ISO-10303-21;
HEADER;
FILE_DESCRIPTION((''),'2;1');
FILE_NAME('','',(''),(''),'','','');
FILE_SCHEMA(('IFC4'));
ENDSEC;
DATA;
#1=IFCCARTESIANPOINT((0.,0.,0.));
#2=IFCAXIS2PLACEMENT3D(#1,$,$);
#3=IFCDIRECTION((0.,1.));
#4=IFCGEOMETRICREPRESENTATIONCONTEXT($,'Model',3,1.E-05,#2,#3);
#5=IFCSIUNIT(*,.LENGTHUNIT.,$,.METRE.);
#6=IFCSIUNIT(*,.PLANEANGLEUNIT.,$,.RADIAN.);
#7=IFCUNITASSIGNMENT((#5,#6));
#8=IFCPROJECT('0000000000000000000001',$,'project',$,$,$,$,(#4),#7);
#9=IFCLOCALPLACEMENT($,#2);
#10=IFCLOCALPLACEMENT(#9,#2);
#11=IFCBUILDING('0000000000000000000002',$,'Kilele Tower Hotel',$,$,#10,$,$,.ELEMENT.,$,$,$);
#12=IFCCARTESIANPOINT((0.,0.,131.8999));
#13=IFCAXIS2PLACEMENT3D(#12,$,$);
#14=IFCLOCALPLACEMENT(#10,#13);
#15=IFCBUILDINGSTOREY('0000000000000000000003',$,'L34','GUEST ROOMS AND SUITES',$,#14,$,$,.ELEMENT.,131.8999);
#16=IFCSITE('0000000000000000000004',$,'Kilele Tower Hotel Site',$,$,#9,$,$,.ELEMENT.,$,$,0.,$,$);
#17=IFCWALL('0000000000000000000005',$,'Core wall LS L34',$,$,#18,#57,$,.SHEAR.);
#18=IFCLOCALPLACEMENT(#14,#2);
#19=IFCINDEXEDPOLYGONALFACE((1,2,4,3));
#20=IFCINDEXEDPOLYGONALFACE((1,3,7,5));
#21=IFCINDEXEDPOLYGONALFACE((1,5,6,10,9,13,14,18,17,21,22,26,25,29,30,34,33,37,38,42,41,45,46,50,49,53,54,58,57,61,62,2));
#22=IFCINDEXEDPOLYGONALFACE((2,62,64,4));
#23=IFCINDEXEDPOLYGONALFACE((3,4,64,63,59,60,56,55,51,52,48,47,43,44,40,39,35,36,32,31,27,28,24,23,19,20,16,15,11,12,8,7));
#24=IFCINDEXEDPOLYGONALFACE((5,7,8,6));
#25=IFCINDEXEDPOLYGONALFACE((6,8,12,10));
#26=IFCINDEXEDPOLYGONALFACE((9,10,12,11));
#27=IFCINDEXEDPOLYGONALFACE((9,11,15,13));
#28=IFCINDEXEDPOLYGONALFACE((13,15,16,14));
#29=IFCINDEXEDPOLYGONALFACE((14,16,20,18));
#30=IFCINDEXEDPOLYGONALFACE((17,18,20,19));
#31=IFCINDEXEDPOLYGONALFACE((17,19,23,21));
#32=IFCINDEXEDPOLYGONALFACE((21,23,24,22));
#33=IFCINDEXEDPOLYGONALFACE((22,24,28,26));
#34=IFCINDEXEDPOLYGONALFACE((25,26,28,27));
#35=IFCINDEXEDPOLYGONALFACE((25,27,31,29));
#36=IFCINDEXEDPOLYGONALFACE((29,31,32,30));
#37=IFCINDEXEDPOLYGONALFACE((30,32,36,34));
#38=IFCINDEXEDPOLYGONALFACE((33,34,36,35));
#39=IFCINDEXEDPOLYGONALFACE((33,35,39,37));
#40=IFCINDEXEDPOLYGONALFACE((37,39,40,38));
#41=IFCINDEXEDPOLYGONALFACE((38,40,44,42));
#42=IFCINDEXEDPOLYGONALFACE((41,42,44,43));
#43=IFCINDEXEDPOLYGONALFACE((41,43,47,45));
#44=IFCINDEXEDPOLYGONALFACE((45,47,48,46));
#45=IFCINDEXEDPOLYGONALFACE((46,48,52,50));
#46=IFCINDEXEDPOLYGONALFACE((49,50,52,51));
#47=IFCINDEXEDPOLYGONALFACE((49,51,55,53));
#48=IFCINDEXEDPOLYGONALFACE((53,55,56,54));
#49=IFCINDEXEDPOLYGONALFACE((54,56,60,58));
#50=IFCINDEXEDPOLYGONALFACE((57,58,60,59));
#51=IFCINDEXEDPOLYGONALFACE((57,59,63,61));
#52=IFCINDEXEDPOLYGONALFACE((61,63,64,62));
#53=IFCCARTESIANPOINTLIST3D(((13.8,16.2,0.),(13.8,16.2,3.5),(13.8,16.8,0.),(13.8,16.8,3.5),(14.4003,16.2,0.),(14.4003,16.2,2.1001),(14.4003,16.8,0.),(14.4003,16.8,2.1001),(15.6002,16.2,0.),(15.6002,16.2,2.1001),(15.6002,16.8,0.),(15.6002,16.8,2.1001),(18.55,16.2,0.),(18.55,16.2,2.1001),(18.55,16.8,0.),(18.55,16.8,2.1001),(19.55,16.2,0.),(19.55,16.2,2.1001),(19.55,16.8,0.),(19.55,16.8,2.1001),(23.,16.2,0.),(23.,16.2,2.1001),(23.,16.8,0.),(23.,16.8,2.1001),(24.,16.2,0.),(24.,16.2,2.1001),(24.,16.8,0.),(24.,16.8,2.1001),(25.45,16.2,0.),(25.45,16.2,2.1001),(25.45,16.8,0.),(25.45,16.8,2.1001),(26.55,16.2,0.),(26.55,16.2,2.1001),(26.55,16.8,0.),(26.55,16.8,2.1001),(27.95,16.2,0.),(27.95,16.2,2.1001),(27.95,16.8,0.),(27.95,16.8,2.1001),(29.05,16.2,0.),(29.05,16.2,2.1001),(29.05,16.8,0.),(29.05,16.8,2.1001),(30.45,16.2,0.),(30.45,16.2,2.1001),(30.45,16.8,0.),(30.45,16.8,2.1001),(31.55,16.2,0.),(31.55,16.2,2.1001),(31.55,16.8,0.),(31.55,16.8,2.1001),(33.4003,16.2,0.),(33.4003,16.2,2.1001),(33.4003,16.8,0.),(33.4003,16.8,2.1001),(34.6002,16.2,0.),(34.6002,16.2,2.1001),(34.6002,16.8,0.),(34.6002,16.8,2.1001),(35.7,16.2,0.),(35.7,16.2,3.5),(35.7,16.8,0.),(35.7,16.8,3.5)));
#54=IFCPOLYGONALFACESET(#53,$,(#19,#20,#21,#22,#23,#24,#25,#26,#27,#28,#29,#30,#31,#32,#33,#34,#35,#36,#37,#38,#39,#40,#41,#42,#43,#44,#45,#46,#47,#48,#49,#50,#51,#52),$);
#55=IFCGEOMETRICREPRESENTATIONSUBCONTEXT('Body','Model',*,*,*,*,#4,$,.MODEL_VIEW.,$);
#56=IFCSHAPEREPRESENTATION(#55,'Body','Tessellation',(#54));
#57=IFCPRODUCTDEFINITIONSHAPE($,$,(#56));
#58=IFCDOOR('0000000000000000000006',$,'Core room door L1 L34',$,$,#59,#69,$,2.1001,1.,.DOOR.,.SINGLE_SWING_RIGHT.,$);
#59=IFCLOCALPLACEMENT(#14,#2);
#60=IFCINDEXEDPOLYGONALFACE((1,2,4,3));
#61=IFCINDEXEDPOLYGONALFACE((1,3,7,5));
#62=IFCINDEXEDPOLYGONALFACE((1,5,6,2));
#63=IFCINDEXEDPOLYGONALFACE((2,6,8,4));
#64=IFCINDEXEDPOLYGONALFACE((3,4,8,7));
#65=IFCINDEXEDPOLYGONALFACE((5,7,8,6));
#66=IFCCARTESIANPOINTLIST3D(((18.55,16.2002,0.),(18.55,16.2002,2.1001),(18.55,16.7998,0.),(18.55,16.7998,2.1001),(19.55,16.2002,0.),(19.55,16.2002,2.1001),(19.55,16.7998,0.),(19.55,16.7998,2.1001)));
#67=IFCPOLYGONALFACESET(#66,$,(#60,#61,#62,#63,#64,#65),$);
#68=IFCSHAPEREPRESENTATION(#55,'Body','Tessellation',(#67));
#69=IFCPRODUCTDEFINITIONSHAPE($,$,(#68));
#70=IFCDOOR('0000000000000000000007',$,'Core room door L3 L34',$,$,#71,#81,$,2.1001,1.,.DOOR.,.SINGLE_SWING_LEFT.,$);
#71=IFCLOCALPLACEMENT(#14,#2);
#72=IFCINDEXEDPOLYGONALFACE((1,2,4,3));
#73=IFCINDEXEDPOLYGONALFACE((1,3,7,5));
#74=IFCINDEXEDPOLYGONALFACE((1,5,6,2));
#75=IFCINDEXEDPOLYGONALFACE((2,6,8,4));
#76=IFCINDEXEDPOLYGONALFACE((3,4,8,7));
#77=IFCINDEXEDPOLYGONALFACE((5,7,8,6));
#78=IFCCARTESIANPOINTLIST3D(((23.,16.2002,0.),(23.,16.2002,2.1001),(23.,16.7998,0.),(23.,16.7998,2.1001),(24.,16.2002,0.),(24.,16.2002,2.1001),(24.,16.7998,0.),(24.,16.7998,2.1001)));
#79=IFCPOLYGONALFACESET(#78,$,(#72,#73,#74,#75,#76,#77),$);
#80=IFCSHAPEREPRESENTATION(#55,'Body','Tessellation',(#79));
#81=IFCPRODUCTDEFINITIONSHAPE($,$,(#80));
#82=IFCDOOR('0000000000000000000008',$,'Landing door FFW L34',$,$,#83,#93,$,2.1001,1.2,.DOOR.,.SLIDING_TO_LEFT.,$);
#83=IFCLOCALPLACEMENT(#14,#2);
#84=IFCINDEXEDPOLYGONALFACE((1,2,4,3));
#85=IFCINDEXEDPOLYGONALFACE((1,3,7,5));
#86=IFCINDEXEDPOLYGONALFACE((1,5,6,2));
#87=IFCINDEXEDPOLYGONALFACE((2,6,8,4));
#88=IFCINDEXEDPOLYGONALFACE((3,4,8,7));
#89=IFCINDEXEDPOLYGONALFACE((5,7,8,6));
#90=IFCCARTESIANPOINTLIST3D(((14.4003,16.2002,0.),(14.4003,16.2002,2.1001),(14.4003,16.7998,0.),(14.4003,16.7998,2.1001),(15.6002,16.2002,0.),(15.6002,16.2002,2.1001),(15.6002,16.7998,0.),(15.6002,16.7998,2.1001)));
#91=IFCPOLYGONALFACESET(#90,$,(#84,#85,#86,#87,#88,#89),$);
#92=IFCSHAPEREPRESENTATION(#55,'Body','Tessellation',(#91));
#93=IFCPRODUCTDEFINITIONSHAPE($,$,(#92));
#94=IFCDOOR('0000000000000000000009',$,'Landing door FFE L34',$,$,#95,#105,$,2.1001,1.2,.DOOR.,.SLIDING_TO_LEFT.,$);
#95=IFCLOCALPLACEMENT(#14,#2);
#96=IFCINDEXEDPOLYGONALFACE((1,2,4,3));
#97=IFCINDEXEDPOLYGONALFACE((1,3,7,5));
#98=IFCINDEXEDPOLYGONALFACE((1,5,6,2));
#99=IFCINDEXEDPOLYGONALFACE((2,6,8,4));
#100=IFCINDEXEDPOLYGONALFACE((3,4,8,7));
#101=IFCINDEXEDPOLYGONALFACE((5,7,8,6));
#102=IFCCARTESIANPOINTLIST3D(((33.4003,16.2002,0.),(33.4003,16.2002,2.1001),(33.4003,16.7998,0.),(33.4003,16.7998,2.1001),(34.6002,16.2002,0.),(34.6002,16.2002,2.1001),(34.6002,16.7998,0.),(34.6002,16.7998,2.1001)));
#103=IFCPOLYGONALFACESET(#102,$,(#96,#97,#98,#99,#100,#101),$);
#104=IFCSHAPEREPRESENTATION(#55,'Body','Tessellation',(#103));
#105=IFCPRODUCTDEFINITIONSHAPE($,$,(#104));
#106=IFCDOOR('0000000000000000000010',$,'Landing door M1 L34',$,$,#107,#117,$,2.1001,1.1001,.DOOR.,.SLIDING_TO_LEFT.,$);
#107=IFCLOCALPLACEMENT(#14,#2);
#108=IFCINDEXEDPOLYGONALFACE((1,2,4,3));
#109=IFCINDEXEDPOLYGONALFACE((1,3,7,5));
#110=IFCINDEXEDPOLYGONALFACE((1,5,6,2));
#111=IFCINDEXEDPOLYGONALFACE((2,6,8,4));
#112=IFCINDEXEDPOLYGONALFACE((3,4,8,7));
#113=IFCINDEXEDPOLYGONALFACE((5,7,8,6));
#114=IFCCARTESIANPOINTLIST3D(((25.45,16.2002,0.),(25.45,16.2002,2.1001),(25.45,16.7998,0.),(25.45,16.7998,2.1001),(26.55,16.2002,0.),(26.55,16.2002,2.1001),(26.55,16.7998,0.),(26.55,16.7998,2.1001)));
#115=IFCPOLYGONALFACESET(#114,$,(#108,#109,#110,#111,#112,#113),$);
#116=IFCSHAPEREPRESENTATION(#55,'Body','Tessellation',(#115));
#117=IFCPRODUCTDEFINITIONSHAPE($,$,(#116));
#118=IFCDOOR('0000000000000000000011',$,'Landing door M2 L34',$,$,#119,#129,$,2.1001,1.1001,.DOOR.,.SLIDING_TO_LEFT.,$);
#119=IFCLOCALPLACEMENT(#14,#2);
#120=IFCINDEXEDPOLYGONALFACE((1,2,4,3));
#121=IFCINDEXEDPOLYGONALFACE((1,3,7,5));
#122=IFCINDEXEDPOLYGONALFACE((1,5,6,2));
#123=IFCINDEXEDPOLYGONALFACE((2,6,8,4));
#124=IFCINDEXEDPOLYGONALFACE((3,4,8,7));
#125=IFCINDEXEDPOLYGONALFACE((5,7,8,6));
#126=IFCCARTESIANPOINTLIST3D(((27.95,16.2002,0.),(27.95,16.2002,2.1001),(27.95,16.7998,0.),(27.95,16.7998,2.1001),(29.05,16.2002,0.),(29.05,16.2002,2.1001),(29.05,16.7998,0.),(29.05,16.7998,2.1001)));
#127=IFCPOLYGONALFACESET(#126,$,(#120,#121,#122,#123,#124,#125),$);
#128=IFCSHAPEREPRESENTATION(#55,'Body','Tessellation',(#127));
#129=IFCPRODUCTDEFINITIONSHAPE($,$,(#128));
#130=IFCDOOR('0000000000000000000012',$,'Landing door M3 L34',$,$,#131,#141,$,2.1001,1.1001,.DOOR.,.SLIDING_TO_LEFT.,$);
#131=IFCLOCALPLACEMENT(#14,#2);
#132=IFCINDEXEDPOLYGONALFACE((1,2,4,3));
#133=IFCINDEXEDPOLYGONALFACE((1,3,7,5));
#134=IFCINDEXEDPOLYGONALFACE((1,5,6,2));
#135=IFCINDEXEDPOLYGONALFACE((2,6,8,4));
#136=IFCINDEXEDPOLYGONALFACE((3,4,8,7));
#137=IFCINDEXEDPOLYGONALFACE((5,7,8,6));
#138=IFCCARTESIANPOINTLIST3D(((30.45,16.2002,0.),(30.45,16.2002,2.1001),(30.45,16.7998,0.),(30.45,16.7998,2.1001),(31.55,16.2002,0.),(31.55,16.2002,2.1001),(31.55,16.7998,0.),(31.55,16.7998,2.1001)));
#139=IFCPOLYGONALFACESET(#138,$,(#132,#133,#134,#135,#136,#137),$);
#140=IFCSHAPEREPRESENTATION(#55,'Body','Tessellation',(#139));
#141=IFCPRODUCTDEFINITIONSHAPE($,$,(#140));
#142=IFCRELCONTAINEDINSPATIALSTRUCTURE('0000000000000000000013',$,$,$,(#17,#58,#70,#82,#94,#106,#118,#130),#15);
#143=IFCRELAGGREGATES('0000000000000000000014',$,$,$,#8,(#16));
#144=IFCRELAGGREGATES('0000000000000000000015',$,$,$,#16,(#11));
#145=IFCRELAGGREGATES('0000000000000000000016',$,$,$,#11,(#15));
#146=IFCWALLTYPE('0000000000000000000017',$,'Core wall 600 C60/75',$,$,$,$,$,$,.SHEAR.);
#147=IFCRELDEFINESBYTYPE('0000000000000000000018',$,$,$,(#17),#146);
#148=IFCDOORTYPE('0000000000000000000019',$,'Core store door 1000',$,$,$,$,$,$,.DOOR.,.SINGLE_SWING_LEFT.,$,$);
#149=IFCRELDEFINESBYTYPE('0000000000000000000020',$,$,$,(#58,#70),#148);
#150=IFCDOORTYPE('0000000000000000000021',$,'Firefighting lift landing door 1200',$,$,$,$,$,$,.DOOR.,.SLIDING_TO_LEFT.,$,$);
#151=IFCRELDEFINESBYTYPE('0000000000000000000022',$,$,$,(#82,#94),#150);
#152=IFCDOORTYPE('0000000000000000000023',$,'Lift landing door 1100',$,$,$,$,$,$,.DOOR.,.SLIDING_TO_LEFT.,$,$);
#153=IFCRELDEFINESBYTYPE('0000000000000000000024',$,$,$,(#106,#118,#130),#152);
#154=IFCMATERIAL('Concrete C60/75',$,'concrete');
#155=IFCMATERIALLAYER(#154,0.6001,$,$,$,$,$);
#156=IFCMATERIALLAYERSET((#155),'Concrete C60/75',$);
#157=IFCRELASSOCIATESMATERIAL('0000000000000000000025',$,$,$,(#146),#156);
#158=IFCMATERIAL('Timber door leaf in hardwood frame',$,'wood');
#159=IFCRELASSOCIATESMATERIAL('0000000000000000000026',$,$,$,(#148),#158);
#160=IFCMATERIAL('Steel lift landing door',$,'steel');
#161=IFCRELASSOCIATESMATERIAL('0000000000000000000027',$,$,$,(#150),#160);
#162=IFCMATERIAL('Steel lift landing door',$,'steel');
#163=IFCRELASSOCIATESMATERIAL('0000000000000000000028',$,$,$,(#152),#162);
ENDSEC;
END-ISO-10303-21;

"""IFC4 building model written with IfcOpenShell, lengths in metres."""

from ifc_helpers import new_model, si_unit, direction, frame, frame_2d, origin, place, context, subcontext, project, spatial, rectangle, extrude, material, layer, layer_set, type_object, element, fill, save


model = new_model("IFC4")

# Units and contexts
model_context = context("Model", 3, precision=1e-05, world=origin(), true_north=direction((0.0, 1.0)))
body_context = subcontext(model_context, "Body", "Model", "MODEL_VIEW")
ifc_project = project(units=[si_unit("LENGTHUNIT", "METRE"), si_unit("PLANEANGLEUNIT", "RADIAN")], contexts=[model_context])

# Site, building, storey
site_placement = place(None, origin())
site = spatial("IfcSite", under=ifc_project, at=site_placement, Name="Kilele Tower Hotel Site", CompositionType="ELEMENT", RefElevation=0.0)
building_placement = place(site_placement, origin())
building = spatial("IfcBuilding", under=site, at=building_placement, Name="Kilele Tower Hotel", CompositionType="ELEMENT")
storey_placement = place(building_placement, frame((0.0, 0.0, 131.8999)))
storey = spatial("IfcBuildingStorey", under=building, at=storey_placement, Name="L34", Description="GUEST ROOMS AND SUITES", CompositionType="ELEMENT", Elevation=131.8999)

# Shared definitions
ifc_material_1 = material(Name="Concrete C60/75", Category="concrete")
ifc_layer_1 = layer(ifc_material_1, 0.6001)
ifc_layer_set_1 = layer_set([ifc_layer_1], Name="Concrete C60/75")
wall_type_1 = type_object("IfcWallType", Name="Core wall 600 C60/75", PredefinedType="SHEAR", material=ifc_layer_set_1)

# Wall, openings, doors
wall_1_placement = place(storey_placement, frame((13.8, 16.5, 0.0), z_axis=(0.0, 0.0, 1.0), x_axis=(1.0, 0.0, 0.0)))
wall_1 = element("IfcWall", 1, at=wall_1_placement, inside=storey, type_object=wall_type_1, Name="Core wall LS L34", PredefinedType="SHEAR", context=body_context, shape_type="SweptSolid", body=[
    extrude(rectangle(XDim=21.8999, YDim=0.6001, at=frame_2d((10.95, 0.0))), origin(), (0.0, 0.0, 1.0), 3.5),
])
opening_1_placement = place(wall_1_placement, frame((11.6499, 0.0, 0.0)))
opening_1 = element("IfcOpeningElement", 2, at=opening_1_placement, cuts=wall_1, PredefinedType="OPENING", context=body_context, shape_type="SweptSolid", body=[
    extrude(rectangle(XDim=1.1001, YDim=2.1001, at=frame_2d((0.55, 1.05))), frame((0.0, 0.3101, 0.0), z_axis=(0.0, -1.0, 0.0), x_axis=(1.0, 0.0, 0.0)), (0.0, 0.0, 1.0), 0.6201),
])
opening_2_placement = place(wall_1_placement, frame((14.1499, 0.0, 0.0)))
opening_2 = element("IfcOpeningElement", 3, at=opening_2_placement, cuts=wall_1, PredefinedType="OPENING", context=body_context, shape_type="SweptSolid", body=[
    extrude(rectangle(XDim=1.1001, YDim=2.1001, at=frame_2d((0.55, 1.05))), frame((0.0, 0.3101, 0.0), z_axis=(0.0, -1.0, 0.0), x_axis=(1.0, 0.0, 0.0)), (0.0, 0.0, 1.0), 0.6201),
])
opening_3_placement = place(wall_1_placement, frame((16.6499, 0.0, 0.0)))
opening_3 = element("IfcOpeningElement", 4, at=opening_3_placement, cuts=wall_1, PredefinedType="OPENING", context=body_context, shape_type="SweptSolid", body=[
    extrude(rectangle(XDim=1.1001, YDim=2.1001, at=frame_2d((0.55, 1.05))), frame((0.0, 0.3101, 0.0), z_axis=(0.0, -1.0, 0.0), x_axis=(1.0, 0.0, 0.0)), (0.0, 0.0, 1.0), 0.6201),
])
opening_4_placement = place(wall_1_placement, frame((5.75, 0.0, 0.0), z_axis=(0.0, 0.0, 1.0), x_axis=(-1.0, 0.0, 0.0)))
opening_4 = element("IfcOpeningElement", 5, at=opening_4_placement, cuts=wall_1, PredefinedType="OPENING", context=body_context, shape_type="SweptSolid", body=[
    extrude(rectangle(XDim=1.0, YDim=2.1001, at=frame_2d((0.5, 1.05))), frame((0.0, 0.3101, 0.0), z_axis=(0.0, -1.0, 0.0), x_axis=(1.0, 0.0, 0.0)), (0.0, 0.0, 1.0), 0.6201),
])
opening_5_placement = place(wall_1_placement, frame((10.2, 0.0, 0.0), z_axis=(0.0, 0.0, 1.0), x_axis=(-1.0, 0.0, 0.0)))
opening_5 = element("IfcOpeningElement", 6, at=opening_5_placement, cuts=wall_1, PredefinedType="OPENING", context=body_context, shape_type="SweptSolid", body=[
    extrude(rectangle(XDim=1.0, YDim=2.1001, at=frame_2d((0.5, 1.05))), frame((0.0, 0.3101, 0.0), z_axis=(0.0, -1.0, 0.0), x_axis=(1.0, 0.0, 0.0)), (0.0, 0.0, 1.0), 0.6201),
])
opening_6_placement = place(wall_1_placement, frame((0.6001, 0.0, 0.0)))
opening_6 = element("IfcOpeningElement", 7, at=opening_6_placement, cuts=wall_1, PredefinedType="OPENING", context=body_context, shape_type="SweptSolid", body=[
    extrude(rectangle(XDim=1.2, YDim=2.1001, at=frame_2d((0.6001, 1.05))), frame((0.0, 0.3101, 0.0), z_axis=(0.0, -1.0, 0.0), x_axis=(1.0, 0.0, 0.0)), (0.0, 0.0, 1.0), 0.6201),
])
opening_7_placement = place(wall_1_placement, frame((19.6001, 0.0, 0.0)))
opening_7 = element("IfcOpeningElement", 8, at=opening_7_placement, cuts=wall_1, PredefinedType="OPENING", context=body_context, shape_type="SweptSolid", body=[
    extrude(rectangle(XDim=1.2, YDim=2.1001, at=frame_2d((0.6001, 1.05))), frame((0.0, 0.3101, 0.0), z_axis=(0.0, -1.0, 0.0), x_axis=(1.0, 0.0, 0.0)), (0.0, 0.0, 1.0), 0.6201),
])
ifc_material_2 = material(Name="Timber door leaf in hardwood frame", Category="wood")
door_type_1 = type_object("IfcDoorType", Name="Core store door 1000", OperationType="SINGLE_SWING_LEFT", PredefinedType="DOOR", material=ifc_material_2)
door_1_placement = place(opening_4_placement, origin())
door_1 = element("IfcDoor", 9, at=door_1_placement, inside=storey, type_object=door_type_1, Name="Core room door L1 L34", OperationType="SINGLE_SWING_RIGHT", OverallHeight=2.1001, OverallWidth=1.0, PredefinedType="DOOR", context=body_context, shape_type="SweptSolid", body=[
    extrude(rectangle(XDim=1.0, YDim=2.1001, at=frame_2d((0.5, 1.05))), frame((0.0, 0.2998, 0.0), z_axis=(0.0, -1.0, 0.0), x_axis=(1.0, 0.0, 0.0)), (0.0, 0.0, 1.0), 0.5996),
])
fill(opening_4, door_1)
door_2_placement = place(opening_5_placement, origin())
door_2 = element("IfcDoor", 10, at=door_2_placement, inside=storey, type_object=door_type_1, Name="Core room door L3 L34", OperationType="SINGLE_SWING_LEFT", OverallHeight=2.1001, OverallWidth=1.0, PredefinedType="DOOR", context=body_context, shape_type="SweptSolid", body=[
    extrude(rectangle(XDim=1.0, YDim=2.1001, at=frame_2d((0.5, 1.05))), frame((0.0, 0.2998, 0.0), z_axis=(0.0, -1.0, 0.0), x_axis=(1.0, 0.0, 0.0)), (0.0, 0.0, 1.0), 0.5996),
])
fill(opening_5, door_2)
ifc_material_3 = material(Name="Steel lift landing door", Category="steel")
door_type_2 = type_object("IfcDoorType", Name="Firefighting lift landing door 1200", OperationType="SLIDING_TO_LEFT", PredefinedType="DOOR", material=ifc_material_3)
door_3_placement = place(opening_6_placement, origin())
door_3 = element("IfcDoor", 11, at=door_3_placement, inside=storey, type_object=door_type_2, Name="Landing door FFW L34", OperationType="SLIDING_TO_LEFT", OverallHeight=2.1001, OverallWidth=1.2, PredefinedType="DOOR", context=body_context, shape_type="SweptSolid", body=[
    extrude(rectangle(XDim=1.2, YDim=2.1001, at=frame_2d((0.6001, 1.05))), frame((0.0, 0.2998, 0.0), z_axis=(0.0, -1.0, 0.0), x_axis=(1.0, 0.0, 0.0)), (0.0, 0.0, 1.0), 0.5996),
])
fill(opening_6, door_3)
door_4_placement = place(opening_7_placement, origin())
door_4 = element("IfcDoor", 12, at=door_4_placement, inside=storey, type_object=door_type_2, Name="Landing door FFE L34", OperationType="SLIDING_TO_LEFT", OverallHeight=2.1001, OverallWidth=1.2, PredefinedType="DOOR", context=body_context, shape_type="SweptSolid", body=[
    extrude(rectangle(XDim=1.2, YDim=2.1001, at=frame_2d((0.6001, 1.05))), frame((0.0, 0.2998, 0.0), z_axis=(0.0, -1.0, 0.0), x_axis=(1.0, 0.0, 0.0)), (0.0, 0.0, 1.0), 0.5996),
])
fill(opening_7, door_4)
ifc_material_4 = material(Name="Steel lift landing door", Category="steel")
door_type_3 = type_object("IfcDoorType", Name="Lift landing door 1100", OperationType="SLIDING_TO_LEFT", PredefinedType="DOOR", material=ifc_material_4)
door_5_placement = place(opening_1_placement, origin())
door_5 = element("IfcDoor", 13, at=door_5_placement, inside=storey, type_object=door_type_3, Name="Landing door M1 L34", OperationType="SLIDING_TO_LEFT", OverallHeight=2.1001, OverallWidth=1.1001, PredefinedType="DOOR", context=body_context, shape_type="SweptSolid", body=[
    extrude(rectangle(XDim=1.1001, YDim=2.1001, at=frame_2d((0.55, 1.05))), frame((0.0, 0.2998, 0.0), z_axis=(0.0, -1.0, 0.0), x_axis=(1.0, 0.0, 0.0)), (0.0, 0.0, 1.0), 0.5996),
])
fill(opening_1, door_5)
door_6_placement = place(opening_2_placement, origin())
door_6 = element("IfcDoor", 14, at=door_6_placement, inside=storey, type_object=door_type_3, Name="Landing door M2 L34", OperationType="SLIDING_TO_LEFT", OverallHeight=2.1001, OverallWidth=1.1001, PredefinedType="DOOR", context=body_context, shape_type="SweptSolid", body=[
    extrude(rectangle(XDim=1.1001, YDim=2.1001, at=frame_2d((0.55, 1.05))), frame((0.0, 0.2998, 0.0), z_axis=(0.0, -1.0, 0.0), x_axis=(1.0, 0.0, 0.0)), (0.0, 0.0, 1.0), 0.5996),
])
fill(opening_2, door_6)
door_7_placement = place(opening_3_placement, origin())
door_7 = element("IfcDoor", 15, at=door_7_placement, inside=storey, type_object=door_type_3, Name="Landing door M3 L34", OperationType="SLIDING_TO_LEFT", OverallHeight=2.1001, OverallWidth=1.1001, PredefinedType="DOOR", context=body_context, shape_type="SweptSolid", body=[
    extrude(rectangle(XDim=1.1001, YDim=2.1001, at=frame_2d((0.55, 1.05))), frame((0.0, 0.2998, 0.0), z_axis=(0.0, -1.0, 0.0), x_axis=(1.0, 0.0, 0.0)), (0.0, 0.0, 1.0), 0.5996),
])
fill(opening_3, door_7)

save(model, "model.ifc")
